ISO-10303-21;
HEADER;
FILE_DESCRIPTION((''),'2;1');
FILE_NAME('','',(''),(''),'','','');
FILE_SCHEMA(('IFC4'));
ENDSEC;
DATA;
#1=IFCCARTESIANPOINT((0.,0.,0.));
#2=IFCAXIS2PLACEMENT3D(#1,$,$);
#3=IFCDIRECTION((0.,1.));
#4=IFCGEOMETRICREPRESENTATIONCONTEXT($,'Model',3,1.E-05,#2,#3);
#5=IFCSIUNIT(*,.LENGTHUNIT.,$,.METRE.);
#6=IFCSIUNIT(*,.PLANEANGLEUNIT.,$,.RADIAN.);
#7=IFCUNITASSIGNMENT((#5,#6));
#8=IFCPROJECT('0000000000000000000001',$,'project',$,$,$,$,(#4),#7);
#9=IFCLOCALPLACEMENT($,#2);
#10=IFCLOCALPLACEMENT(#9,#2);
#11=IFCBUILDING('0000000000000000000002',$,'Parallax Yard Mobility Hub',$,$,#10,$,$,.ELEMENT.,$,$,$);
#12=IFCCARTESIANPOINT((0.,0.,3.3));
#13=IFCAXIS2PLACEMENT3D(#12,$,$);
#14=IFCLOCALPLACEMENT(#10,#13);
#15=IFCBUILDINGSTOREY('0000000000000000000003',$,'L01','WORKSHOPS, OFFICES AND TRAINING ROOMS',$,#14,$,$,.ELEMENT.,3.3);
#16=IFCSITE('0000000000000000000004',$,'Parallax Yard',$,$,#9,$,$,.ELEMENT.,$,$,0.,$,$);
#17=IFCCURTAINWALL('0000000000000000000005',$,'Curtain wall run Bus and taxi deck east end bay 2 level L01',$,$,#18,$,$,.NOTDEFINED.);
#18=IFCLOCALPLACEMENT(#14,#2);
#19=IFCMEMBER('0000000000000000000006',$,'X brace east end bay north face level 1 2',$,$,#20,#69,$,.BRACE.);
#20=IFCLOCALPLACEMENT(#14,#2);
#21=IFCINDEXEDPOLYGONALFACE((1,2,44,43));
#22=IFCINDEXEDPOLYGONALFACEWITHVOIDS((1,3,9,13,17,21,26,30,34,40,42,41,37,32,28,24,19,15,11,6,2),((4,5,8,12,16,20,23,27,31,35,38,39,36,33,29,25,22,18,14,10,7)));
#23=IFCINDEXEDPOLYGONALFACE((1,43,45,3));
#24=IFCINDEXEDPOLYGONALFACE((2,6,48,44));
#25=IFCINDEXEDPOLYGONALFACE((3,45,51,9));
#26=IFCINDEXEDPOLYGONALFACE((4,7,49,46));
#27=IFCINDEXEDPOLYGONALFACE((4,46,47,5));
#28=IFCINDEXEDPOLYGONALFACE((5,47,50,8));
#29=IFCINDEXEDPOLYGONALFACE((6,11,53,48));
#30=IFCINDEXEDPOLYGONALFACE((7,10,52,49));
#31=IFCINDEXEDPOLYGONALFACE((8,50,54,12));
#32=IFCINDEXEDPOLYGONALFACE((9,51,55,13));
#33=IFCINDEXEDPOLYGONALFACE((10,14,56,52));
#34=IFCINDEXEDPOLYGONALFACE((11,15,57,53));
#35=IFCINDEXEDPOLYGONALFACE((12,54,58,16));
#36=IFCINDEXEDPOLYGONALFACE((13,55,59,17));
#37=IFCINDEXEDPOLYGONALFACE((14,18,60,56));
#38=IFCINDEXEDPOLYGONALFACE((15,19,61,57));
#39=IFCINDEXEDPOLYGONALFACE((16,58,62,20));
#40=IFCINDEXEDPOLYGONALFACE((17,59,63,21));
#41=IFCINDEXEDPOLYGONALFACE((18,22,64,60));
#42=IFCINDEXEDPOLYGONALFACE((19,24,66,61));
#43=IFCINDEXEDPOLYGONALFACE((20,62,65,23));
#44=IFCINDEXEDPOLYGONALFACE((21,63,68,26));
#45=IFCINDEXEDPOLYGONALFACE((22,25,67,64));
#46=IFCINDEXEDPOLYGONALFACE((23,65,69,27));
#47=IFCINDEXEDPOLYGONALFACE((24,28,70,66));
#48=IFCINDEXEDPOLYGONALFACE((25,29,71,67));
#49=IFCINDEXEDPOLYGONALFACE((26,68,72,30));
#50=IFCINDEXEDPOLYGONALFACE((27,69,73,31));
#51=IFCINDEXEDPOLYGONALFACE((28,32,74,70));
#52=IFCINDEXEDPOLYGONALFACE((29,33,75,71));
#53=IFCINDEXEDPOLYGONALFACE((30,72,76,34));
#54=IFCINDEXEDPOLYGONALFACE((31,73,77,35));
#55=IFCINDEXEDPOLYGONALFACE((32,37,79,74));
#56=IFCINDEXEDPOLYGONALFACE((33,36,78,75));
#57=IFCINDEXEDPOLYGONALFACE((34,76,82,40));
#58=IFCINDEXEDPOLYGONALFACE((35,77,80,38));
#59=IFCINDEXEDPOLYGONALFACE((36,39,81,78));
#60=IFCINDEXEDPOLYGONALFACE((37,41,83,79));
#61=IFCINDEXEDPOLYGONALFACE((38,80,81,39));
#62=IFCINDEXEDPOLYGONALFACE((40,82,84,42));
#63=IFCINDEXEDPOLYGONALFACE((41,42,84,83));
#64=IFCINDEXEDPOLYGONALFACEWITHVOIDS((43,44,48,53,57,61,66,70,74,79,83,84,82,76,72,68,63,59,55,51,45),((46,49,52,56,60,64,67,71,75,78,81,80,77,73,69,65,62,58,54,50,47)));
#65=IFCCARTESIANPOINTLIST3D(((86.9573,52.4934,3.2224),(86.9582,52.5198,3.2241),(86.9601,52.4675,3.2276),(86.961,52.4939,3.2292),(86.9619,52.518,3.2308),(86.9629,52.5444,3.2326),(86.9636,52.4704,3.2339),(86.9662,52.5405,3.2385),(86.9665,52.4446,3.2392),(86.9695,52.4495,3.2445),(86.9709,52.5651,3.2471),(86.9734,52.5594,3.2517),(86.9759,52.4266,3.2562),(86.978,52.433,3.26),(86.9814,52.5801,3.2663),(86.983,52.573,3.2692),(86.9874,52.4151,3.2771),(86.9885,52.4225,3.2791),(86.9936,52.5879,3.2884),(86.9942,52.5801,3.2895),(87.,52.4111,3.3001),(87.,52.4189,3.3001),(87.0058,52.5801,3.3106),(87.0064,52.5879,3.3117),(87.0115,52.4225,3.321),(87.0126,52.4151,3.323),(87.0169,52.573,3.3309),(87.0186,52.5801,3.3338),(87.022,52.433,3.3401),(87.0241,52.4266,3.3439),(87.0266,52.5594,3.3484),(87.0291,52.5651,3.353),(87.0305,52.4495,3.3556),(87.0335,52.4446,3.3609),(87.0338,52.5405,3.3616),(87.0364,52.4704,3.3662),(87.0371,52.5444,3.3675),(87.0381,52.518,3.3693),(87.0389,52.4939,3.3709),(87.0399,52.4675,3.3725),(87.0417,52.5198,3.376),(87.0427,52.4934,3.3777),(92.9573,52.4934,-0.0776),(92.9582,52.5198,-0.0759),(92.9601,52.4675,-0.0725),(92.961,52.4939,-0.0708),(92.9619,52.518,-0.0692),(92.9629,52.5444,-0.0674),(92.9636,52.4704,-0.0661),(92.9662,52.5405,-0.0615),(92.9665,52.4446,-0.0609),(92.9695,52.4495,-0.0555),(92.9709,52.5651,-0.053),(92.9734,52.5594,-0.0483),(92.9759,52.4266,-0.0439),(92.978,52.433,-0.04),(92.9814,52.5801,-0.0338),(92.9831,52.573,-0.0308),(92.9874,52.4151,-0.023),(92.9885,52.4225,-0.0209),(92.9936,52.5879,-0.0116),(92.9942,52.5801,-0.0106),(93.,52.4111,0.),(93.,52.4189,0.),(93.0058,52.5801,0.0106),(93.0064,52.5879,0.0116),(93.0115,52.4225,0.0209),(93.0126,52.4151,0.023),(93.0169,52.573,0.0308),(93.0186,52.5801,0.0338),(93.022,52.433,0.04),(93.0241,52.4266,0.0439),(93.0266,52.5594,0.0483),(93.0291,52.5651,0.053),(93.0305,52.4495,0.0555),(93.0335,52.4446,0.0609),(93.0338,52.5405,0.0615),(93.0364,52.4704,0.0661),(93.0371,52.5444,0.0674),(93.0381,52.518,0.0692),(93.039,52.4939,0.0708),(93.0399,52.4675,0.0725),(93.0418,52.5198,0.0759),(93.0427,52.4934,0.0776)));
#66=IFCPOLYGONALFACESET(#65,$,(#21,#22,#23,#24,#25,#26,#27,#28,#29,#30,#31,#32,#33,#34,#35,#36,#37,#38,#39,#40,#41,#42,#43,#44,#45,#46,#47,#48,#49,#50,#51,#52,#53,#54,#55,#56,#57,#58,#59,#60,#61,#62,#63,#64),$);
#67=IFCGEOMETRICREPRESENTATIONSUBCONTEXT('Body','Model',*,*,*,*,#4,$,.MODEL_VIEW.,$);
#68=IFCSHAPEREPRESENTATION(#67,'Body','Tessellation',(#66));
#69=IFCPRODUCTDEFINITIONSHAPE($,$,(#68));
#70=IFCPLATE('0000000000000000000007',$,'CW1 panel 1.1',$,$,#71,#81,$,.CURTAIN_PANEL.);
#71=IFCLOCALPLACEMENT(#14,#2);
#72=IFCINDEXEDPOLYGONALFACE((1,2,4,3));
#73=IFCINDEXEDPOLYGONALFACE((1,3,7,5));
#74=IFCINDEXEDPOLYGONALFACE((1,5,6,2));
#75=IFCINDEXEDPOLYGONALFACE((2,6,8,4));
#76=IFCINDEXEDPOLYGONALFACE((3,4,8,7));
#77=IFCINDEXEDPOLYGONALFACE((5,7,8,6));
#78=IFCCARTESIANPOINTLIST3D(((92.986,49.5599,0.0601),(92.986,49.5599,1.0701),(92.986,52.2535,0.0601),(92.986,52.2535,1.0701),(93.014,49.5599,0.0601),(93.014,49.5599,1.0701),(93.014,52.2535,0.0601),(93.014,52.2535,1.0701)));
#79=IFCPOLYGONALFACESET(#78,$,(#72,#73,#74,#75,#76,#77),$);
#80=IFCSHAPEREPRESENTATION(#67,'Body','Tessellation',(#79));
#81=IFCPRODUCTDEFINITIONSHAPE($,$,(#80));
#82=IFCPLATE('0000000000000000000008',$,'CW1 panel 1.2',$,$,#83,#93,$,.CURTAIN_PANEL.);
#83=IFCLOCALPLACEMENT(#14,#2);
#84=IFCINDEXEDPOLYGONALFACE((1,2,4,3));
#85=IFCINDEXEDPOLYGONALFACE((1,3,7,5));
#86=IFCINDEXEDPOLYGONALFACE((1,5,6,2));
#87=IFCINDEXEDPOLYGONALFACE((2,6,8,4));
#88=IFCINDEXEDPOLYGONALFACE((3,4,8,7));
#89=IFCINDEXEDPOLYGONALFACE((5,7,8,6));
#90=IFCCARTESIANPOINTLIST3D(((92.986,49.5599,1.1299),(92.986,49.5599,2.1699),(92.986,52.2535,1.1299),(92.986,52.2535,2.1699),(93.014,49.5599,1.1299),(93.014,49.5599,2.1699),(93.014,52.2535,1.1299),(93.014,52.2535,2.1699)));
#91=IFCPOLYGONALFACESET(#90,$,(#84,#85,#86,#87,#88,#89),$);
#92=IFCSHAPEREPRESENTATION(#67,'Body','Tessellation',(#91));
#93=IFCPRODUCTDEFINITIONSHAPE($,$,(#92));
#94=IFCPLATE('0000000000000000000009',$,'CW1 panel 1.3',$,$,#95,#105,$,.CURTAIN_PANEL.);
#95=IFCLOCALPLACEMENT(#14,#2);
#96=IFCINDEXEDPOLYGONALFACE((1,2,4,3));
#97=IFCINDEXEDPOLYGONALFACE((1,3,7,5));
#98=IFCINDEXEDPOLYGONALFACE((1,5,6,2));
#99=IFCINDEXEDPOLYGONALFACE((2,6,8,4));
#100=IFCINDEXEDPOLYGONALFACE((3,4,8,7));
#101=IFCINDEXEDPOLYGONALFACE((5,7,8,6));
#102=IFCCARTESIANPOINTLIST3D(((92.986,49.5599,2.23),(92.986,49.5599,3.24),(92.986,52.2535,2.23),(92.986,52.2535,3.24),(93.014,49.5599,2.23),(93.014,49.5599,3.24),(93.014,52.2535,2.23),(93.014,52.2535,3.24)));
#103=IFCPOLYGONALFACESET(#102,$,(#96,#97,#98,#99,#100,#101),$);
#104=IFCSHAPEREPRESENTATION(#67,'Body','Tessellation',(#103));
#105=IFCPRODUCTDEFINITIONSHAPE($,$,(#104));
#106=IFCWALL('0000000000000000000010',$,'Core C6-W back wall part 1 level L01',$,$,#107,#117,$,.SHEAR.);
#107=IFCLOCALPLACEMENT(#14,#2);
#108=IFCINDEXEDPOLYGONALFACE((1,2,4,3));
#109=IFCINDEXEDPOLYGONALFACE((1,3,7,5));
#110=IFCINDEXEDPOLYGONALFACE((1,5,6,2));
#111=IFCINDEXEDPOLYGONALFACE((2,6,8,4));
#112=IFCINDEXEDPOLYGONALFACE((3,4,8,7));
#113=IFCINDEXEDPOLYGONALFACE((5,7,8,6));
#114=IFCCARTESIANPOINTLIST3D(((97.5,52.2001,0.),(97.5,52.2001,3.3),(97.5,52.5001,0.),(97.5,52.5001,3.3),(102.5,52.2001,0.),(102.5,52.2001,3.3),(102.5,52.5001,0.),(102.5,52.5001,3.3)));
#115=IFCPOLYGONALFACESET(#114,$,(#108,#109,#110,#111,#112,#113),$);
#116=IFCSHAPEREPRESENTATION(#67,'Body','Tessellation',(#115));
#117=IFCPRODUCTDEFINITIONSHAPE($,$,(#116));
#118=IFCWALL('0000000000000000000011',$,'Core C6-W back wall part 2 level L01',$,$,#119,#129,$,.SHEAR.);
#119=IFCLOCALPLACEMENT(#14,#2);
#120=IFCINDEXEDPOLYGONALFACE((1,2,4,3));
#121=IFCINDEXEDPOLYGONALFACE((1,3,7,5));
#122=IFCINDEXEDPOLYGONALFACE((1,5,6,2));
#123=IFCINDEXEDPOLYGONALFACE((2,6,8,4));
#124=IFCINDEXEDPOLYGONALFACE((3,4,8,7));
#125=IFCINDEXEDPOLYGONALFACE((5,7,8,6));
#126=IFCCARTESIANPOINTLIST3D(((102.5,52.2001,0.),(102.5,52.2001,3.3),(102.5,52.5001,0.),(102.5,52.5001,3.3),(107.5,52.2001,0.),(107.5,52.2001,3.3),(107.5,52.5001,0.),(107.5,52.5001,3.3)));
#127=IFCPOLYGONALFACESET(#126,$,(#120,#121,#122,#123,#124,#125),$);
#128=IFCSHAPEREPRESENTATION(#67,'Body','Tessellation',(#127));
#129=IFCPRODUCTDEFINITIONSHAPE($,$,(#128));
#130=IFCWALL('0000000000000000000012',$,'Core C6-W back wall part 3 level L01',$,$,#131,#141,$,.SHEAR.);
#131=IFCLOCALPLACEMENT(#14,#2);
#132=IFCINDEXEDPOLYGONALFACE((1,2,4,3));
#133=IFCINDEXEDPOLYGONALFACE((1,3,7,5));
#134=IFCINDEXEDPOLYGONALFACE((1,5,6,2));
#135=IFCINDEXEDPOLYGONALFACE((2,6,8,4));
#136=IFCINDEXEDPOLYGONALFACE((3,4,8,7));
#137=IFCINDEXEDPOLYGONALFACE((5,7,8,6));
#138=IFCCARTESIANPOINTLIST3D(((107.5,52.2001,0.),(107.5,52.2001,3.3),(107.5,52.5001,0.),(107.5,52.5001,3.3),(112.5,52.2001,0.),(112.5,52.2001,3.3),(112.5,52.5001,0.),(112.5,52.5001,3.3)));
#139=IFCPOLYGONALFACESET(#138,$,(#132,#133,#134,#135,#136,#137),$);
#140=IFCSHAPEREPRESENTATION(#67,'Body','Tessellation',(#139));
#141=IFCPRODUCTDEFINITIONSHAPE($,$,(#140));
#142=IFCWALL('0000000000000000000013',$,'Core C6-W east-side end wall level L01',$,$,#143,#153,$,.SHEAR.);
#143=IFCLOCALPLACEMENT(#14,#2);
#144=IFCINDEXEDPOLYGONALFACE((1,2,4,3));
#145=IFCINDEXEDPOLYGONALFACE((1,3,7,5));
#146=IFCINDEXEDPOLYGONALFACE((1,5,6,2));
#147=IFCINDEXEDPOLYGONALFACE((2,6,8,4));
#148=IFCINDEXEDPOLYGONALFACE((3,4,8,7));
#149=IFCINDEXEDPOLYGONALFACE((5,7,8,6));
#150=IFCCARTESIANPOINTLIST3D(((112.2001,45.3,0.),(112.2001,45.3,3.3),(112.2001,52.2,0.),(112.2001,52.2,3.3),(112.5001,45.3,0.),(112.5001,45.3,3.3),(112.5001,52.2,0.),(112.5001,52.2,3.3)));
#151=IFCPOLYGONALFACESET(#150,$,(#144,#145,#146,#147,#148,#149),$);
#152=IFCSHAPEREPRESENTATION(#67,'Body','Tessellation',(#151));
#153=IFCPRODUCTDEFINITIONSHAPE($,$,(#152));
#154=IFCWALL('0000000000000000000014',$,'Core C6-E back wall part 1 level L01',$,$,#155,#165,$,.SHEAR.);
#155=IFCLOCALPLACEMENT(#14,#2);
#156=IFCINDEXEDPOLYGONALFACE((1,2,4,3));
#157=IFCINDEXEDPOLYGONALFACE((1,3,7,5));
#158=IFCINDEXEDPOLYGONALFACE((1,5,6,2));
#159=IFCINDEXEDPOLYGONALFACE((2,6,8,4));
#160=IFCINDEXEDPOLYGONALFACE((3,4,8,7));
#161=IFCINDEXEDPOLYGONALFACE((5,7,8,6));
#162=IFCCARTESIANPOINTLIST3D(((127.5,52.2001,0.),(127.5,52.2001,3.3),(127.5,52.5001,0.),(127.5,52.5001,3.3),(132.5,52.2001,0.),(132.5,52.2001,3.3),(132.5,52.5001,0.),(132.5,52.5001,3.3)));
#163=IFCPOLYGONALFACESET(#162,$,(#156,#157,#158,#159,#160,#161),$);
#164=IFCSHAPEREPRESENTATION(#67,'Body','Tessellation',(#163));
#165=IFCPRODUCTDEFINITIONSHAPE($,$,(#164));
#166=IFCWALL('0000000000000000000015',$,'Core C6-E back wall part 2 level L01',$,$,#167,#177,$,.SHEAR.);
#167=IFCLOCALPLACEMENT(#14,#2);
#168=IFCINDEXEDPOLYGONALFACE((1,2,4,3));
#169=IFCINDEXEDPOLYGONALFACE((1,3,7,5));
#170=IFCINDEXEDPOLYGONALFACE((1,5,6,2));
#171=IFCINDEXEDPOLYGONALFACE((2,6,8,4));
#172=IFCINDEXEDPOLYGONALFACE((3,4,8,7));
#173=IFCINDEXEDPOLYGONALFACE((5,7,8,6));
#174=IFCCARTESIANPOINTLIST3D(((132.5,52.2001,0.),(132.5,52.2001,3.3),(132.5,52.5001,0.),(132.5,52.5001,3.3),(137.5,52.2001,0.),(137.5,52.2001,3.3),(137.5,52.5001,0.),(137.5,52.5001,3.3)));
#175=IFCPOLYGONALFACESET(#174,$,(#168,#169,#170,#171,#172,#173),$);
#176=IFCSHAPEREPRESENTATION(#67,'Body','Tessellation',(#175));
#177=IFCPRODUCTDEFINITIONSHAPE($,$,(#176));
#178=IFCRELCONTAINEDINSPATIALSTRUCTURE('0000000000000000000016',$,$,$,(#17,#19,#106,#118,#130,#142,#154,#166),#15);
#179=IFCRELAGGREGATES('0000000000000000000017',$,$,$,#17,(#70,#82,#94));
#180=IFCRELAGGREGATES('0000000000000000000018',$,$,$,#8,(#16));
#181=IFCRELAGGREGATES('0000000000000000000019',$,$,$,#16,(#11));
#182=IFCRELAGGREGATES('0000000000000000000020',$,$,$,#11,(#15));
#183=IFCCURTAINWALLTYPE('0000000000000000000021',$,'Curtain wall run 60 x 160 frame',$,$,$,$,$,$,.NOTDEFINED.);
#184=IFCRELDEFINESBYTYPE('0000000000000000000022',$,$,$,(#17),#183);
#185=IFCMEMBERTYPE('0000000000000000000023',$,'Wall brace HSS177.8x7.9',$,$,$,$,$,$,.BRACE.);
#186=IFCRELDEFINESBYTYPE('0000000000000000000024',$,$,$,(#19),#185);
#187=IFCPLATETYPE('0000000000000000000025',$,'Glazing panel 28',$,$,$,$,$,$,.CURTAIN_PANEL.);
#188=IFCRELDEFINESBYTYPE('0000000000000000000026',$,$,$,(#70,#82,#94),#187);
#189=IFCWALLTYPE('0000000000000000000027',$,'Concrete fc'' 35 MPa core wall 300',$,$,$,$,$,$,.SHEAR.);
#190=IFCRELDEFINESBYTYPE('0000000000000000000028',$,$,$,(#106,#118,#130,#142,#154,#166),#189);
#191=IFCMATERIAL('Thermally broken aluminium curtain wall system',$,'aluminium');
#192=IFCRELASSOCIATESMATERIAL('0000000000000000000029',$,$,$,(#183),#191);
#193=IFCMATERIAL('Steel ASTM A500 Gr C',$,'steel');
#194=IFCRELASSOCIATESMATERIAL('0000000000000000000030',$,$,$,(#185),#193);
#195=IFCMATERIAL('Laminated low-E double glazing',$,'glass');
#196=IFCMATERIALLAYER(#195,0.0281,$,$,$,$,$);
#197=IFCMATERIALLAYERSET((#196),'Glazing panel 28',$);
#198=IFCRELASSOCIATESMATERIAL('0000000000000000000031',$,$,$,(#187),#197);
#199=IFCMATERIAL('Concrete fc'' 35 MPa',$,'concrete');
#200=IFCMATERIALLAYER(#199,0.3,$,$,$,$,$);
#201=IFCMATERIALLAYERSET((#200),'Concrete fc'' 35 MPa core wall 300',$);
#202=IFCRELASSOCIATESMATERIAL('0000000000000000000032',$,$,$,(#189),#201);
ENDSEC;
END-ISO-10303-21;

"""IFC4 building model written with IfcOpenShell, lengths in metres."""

from ifc_helpers import new_model, si_unit, direction, frame, frame_2d, origin, origin_2d, place, context, subcontext, project, spatial, rectangle, hollow_circle, extrude, material, layer, layer_set, material_profile, profile_set, type_object, element, aggregate, save


model = new_model("IFC4")

# Units and contexts
model_context = context("Model", 3, precision=1e-05, world=origin(), true_north=direction((0.0, 1.0)))
body_context = subcontext(model_context, "Body", "Model", "MODEL_VIEW")
ifc_project = project(units=[si_unit("LENGTHUNIT", "METRE"), si_unit("PLANEANGLEUNIT", "RADIAN")], contexts=[model_context])

# Site, building, storey
site_placement = place(None, origin())
site = spatial("IfcSite", under=ifc_project, at=site_placement, Name="Parallax Yard", CompositionType="ELEMENT", RefElevation=0.0)
building_placement = place(site_placement, origin())
building = spatial("IfcBuilding", under=site, at=building_placement, Name="Parallax Yard Mobility Hub", CompositionType="ELEMENT")
storey_placement = place(building_placement, frame((0.0, 0.0, 3.3)))
storey = spatial("IfcBuildingStorey", under=building, at=storey_placement, Name="L01", Description="WORKSHOPS, OFFICES AND TRAINING ROOMS", CompositionType="ELEMENT", Elevation=3.3)

# Curtain wall
ifc_material_1 = material(Name="Thermally broken aluminium curtain wall system", Category="aluminium")
curtain_wall_type = type_object("IfcCurtainWallType", Name="Curtain wall run 60 x 160 frame", PredefinedType="NOTDEFINED", material=ifc_material_1)
curtain_wall_placement = place(storey_placement, origin())
curtain_wall = element("IfcCurtainWall", 1, at=curtain_wall_placement, inside=storey, type_object=curtain_wall_type, Name="Curtain wall run Bus and taxi deck east end bay 2 level L01", PredefinedType="NOTDEFINED")

# Member
ifc_material_2 = material(Name="Steel ASTM A500 Gr C", Category="steel")
ifc_material_profile_1 = material_profile(ifc_material_2, hollow_circle(Radius=0.0889, WallThickness=0.0078, at=origin_2d()), Name="HSS177.8x7.9")
ifc_profile_set_1 = profile_set([ifc_material_profile_1], Name="Steel ASTM A500 Gr C")
member_type_1 = type_object("IfcMemberType", Name="Wall brace HSS177.8x7.9", PredefinedType="BRACE", material=ifc_profile_set_1)
member_1_placement = place(storey_placement, frame((93.0, 52.5, 0.0), z_axis=(-0.876213, 0.0, 0.481924), x_axis=(0.0, -1.0, 0.0)))
element("IfcMember", 2, at=member_1_placement, inside=storey, type_object=member_type_1, Name="X brace east end bay north face level 1 2", PredefinedType="BRACE", context=body_context, shape_type="SweptSolid", body=[
    extrude(hollow_circle(Radius=0.0889, WallThickness=0.0078, at=origin_2d()), origin(), (0.0, 0.0, 1.0), 6.8477),
])

# Plates
ifc_material_3 = material(Name="Laminated low-E double glazing", Category="glass")
ifc_layer_1 = layer(ifc_material_3, 0.0281)
ifc_layer_set_1 = layer_set([ifc_layer_1], Name="Glazing panel 28")
plate_type = type_object("IfcPlateType", Name="Glazing panel 28", PredefinedType="CURTAIN_PANEL", material=ifc_layer_set_1)
plate_1_placement = place(storey_placement, frame((93.0, 50.9067, 0.0601), z_axis=(0.0, 0.0, 1.0), x_axis=(0.0, 1.0, 0.0)))
plate_1 = element("IfcPlate", 3, at=plate_1_placement, type_object=plate_type, Name="CW1 panel 1.1", PredefinedType="CURTAIN_PANEL", context=body_context, shape_type="SweptSolid", body=[
    extrude(rectangle(XDim=2.6936, YDim=0.0281, at=origin_2d()), origin(), (0.0, 0.0, 1.0), 1.01),
])
plate_2_placement = place(storey_placement, frame((93.0, 50.9067, 1.1299), z_axis=(0.0, 0.0, 1.0), x_axis=(0.0, 1.0, 0.0)))
plate_2 = element("IfcPlate", 4, at=plate_2_placement, type_object=plate_type, Name="CW1 panel 1.2", PredefinedType="CURTAIN_PANEL", context=body_context, shape_type="SweptSolid", body=[
    extrude(rectangle(XDim=2.6936, YDim=0.0281, at=origin_2d()), origin(), (0.0, 0.0, 1.0), 1.04),
])
plate_3_placement = place(storey_placement, frame((93.0, 50.9067, 2.23), z_axis=(0.0, 0.0, 1.0), x_axis=(0.0, 1.0, 0.0)))
plate_3 = element("IfcPlate", 5, at=plate_3_placement, type_object=plate_type, Name="CW1 panel 1.3", PredefinedType="CURTAIN_PANEL", context=body_context, shape_type="SweptSolid", body=[
    extrude(rectangle(XDim=2.6936, YDim=0.0281, at=origin_2d()), origin(), (0.0, 0.0, 1.0), 1.01),
])
aggregate(curtain_wall, [plate_1, plate_2, plate_3])

# Walls
ifc_material_4 = material(Name="Concrete fc' 35 MPa", Category="concrete")
ifc_layer_2 = layer(ifc_material_4, 0.3)
ifc_layer_set_2 = layer_set([ifc_layer_2], Name="Concrete fc' 35 MPa core wall 300")
wall_type_1 = type_object("IfcWallType", Name="Concrete fc' 35 MPa core wall 300", PredefinedType="SHEAR", material=ifc_layer_set_2)
for number, where, z_axis, x_axis, name in (
    (6, (97.5, 52.3501, 0.0), (0.0, 0.0, 1.0), (1.0, 0.0, 0.0), "Core C6-W back wall part 1 level L01"),
    (7, (102.5, 52.3501, 0.0), (0.0, 0.0, 1.0), (1.0, 0.0, 0.0), "Core C6-W back wall part 2 level L01"),
    (8, (107.5, 52.3501, 0.0), (0.0, 0.0, 1.0), (1.0, 0.0, 0.0), "Core C6-W back wall part 3 level L01"),
):
    element("IfcWall", number, at=place(storey_placement, frame(where, z_axis=z_axis, x_axis=x_axis)), inside=storey, type_object=wall_type_1, Name=name, PredefinedType="SHEAR", context=body_context, shape_type="SweptSolid", body=[
        extrude(rectangle(XDim=5.0, YDim=0.3, at=frame_2d((2.5, 0.0))), origin(), (0.0, 0.0, 1.0), 3.3),
    ])
wall_1_placement = place(storey_placement, frame((112.3501, 52.2, 0.0), z_axis=(0.0, 0.0, 1.0), x_axis=(0.0, -1.0, 0.0)))
element("IfcWall", 9, at=wall_1_placement, inside=storey, type_object=wall_type_1, Name="Core C6-W east-side end wall level L01", PredefinedType="SHEAR", context=body_context, shape_type="SweptSolid", body=[
    extrude(rectangle(XDim=6.8999, YDim=0.3, at=frame_2d((3.45, 0.0))), origin(), (0.0, 0.0, 1.0), 3.3),
])
for number, where, z_axis, x_axis, name in (
    (10, (127.5, 52.3501, 0.0), (0.0, 0.0, 1.0), (1.0, 0.0, 0.0), "Core C6-E back wall part 1 level L01"),
    (11, (132.5, 52.3501, 0.0), (0.0, 0.0, 1.0), (1.0, 0.0, 0.0), "Core C6-E back wall part 2 level L01"),
):
    element("IfcWall", number, at=place(storey_placement, frame(where, z_axis=z_axis, x_axis=x_axis)), inside=storey, type_object=wall_type_1, Name=name, PredefinedType="SHEAR", context=body_context, shape_type="SweptSolid", body=[
        extrude(rectangle(XDim=5.0, YDim=0.3, at=frame_2d((2.5, 0.0))), origin(), (0.0, 0.0, 1.0), 3.3),
    ])

save(model, "model.ifc")
